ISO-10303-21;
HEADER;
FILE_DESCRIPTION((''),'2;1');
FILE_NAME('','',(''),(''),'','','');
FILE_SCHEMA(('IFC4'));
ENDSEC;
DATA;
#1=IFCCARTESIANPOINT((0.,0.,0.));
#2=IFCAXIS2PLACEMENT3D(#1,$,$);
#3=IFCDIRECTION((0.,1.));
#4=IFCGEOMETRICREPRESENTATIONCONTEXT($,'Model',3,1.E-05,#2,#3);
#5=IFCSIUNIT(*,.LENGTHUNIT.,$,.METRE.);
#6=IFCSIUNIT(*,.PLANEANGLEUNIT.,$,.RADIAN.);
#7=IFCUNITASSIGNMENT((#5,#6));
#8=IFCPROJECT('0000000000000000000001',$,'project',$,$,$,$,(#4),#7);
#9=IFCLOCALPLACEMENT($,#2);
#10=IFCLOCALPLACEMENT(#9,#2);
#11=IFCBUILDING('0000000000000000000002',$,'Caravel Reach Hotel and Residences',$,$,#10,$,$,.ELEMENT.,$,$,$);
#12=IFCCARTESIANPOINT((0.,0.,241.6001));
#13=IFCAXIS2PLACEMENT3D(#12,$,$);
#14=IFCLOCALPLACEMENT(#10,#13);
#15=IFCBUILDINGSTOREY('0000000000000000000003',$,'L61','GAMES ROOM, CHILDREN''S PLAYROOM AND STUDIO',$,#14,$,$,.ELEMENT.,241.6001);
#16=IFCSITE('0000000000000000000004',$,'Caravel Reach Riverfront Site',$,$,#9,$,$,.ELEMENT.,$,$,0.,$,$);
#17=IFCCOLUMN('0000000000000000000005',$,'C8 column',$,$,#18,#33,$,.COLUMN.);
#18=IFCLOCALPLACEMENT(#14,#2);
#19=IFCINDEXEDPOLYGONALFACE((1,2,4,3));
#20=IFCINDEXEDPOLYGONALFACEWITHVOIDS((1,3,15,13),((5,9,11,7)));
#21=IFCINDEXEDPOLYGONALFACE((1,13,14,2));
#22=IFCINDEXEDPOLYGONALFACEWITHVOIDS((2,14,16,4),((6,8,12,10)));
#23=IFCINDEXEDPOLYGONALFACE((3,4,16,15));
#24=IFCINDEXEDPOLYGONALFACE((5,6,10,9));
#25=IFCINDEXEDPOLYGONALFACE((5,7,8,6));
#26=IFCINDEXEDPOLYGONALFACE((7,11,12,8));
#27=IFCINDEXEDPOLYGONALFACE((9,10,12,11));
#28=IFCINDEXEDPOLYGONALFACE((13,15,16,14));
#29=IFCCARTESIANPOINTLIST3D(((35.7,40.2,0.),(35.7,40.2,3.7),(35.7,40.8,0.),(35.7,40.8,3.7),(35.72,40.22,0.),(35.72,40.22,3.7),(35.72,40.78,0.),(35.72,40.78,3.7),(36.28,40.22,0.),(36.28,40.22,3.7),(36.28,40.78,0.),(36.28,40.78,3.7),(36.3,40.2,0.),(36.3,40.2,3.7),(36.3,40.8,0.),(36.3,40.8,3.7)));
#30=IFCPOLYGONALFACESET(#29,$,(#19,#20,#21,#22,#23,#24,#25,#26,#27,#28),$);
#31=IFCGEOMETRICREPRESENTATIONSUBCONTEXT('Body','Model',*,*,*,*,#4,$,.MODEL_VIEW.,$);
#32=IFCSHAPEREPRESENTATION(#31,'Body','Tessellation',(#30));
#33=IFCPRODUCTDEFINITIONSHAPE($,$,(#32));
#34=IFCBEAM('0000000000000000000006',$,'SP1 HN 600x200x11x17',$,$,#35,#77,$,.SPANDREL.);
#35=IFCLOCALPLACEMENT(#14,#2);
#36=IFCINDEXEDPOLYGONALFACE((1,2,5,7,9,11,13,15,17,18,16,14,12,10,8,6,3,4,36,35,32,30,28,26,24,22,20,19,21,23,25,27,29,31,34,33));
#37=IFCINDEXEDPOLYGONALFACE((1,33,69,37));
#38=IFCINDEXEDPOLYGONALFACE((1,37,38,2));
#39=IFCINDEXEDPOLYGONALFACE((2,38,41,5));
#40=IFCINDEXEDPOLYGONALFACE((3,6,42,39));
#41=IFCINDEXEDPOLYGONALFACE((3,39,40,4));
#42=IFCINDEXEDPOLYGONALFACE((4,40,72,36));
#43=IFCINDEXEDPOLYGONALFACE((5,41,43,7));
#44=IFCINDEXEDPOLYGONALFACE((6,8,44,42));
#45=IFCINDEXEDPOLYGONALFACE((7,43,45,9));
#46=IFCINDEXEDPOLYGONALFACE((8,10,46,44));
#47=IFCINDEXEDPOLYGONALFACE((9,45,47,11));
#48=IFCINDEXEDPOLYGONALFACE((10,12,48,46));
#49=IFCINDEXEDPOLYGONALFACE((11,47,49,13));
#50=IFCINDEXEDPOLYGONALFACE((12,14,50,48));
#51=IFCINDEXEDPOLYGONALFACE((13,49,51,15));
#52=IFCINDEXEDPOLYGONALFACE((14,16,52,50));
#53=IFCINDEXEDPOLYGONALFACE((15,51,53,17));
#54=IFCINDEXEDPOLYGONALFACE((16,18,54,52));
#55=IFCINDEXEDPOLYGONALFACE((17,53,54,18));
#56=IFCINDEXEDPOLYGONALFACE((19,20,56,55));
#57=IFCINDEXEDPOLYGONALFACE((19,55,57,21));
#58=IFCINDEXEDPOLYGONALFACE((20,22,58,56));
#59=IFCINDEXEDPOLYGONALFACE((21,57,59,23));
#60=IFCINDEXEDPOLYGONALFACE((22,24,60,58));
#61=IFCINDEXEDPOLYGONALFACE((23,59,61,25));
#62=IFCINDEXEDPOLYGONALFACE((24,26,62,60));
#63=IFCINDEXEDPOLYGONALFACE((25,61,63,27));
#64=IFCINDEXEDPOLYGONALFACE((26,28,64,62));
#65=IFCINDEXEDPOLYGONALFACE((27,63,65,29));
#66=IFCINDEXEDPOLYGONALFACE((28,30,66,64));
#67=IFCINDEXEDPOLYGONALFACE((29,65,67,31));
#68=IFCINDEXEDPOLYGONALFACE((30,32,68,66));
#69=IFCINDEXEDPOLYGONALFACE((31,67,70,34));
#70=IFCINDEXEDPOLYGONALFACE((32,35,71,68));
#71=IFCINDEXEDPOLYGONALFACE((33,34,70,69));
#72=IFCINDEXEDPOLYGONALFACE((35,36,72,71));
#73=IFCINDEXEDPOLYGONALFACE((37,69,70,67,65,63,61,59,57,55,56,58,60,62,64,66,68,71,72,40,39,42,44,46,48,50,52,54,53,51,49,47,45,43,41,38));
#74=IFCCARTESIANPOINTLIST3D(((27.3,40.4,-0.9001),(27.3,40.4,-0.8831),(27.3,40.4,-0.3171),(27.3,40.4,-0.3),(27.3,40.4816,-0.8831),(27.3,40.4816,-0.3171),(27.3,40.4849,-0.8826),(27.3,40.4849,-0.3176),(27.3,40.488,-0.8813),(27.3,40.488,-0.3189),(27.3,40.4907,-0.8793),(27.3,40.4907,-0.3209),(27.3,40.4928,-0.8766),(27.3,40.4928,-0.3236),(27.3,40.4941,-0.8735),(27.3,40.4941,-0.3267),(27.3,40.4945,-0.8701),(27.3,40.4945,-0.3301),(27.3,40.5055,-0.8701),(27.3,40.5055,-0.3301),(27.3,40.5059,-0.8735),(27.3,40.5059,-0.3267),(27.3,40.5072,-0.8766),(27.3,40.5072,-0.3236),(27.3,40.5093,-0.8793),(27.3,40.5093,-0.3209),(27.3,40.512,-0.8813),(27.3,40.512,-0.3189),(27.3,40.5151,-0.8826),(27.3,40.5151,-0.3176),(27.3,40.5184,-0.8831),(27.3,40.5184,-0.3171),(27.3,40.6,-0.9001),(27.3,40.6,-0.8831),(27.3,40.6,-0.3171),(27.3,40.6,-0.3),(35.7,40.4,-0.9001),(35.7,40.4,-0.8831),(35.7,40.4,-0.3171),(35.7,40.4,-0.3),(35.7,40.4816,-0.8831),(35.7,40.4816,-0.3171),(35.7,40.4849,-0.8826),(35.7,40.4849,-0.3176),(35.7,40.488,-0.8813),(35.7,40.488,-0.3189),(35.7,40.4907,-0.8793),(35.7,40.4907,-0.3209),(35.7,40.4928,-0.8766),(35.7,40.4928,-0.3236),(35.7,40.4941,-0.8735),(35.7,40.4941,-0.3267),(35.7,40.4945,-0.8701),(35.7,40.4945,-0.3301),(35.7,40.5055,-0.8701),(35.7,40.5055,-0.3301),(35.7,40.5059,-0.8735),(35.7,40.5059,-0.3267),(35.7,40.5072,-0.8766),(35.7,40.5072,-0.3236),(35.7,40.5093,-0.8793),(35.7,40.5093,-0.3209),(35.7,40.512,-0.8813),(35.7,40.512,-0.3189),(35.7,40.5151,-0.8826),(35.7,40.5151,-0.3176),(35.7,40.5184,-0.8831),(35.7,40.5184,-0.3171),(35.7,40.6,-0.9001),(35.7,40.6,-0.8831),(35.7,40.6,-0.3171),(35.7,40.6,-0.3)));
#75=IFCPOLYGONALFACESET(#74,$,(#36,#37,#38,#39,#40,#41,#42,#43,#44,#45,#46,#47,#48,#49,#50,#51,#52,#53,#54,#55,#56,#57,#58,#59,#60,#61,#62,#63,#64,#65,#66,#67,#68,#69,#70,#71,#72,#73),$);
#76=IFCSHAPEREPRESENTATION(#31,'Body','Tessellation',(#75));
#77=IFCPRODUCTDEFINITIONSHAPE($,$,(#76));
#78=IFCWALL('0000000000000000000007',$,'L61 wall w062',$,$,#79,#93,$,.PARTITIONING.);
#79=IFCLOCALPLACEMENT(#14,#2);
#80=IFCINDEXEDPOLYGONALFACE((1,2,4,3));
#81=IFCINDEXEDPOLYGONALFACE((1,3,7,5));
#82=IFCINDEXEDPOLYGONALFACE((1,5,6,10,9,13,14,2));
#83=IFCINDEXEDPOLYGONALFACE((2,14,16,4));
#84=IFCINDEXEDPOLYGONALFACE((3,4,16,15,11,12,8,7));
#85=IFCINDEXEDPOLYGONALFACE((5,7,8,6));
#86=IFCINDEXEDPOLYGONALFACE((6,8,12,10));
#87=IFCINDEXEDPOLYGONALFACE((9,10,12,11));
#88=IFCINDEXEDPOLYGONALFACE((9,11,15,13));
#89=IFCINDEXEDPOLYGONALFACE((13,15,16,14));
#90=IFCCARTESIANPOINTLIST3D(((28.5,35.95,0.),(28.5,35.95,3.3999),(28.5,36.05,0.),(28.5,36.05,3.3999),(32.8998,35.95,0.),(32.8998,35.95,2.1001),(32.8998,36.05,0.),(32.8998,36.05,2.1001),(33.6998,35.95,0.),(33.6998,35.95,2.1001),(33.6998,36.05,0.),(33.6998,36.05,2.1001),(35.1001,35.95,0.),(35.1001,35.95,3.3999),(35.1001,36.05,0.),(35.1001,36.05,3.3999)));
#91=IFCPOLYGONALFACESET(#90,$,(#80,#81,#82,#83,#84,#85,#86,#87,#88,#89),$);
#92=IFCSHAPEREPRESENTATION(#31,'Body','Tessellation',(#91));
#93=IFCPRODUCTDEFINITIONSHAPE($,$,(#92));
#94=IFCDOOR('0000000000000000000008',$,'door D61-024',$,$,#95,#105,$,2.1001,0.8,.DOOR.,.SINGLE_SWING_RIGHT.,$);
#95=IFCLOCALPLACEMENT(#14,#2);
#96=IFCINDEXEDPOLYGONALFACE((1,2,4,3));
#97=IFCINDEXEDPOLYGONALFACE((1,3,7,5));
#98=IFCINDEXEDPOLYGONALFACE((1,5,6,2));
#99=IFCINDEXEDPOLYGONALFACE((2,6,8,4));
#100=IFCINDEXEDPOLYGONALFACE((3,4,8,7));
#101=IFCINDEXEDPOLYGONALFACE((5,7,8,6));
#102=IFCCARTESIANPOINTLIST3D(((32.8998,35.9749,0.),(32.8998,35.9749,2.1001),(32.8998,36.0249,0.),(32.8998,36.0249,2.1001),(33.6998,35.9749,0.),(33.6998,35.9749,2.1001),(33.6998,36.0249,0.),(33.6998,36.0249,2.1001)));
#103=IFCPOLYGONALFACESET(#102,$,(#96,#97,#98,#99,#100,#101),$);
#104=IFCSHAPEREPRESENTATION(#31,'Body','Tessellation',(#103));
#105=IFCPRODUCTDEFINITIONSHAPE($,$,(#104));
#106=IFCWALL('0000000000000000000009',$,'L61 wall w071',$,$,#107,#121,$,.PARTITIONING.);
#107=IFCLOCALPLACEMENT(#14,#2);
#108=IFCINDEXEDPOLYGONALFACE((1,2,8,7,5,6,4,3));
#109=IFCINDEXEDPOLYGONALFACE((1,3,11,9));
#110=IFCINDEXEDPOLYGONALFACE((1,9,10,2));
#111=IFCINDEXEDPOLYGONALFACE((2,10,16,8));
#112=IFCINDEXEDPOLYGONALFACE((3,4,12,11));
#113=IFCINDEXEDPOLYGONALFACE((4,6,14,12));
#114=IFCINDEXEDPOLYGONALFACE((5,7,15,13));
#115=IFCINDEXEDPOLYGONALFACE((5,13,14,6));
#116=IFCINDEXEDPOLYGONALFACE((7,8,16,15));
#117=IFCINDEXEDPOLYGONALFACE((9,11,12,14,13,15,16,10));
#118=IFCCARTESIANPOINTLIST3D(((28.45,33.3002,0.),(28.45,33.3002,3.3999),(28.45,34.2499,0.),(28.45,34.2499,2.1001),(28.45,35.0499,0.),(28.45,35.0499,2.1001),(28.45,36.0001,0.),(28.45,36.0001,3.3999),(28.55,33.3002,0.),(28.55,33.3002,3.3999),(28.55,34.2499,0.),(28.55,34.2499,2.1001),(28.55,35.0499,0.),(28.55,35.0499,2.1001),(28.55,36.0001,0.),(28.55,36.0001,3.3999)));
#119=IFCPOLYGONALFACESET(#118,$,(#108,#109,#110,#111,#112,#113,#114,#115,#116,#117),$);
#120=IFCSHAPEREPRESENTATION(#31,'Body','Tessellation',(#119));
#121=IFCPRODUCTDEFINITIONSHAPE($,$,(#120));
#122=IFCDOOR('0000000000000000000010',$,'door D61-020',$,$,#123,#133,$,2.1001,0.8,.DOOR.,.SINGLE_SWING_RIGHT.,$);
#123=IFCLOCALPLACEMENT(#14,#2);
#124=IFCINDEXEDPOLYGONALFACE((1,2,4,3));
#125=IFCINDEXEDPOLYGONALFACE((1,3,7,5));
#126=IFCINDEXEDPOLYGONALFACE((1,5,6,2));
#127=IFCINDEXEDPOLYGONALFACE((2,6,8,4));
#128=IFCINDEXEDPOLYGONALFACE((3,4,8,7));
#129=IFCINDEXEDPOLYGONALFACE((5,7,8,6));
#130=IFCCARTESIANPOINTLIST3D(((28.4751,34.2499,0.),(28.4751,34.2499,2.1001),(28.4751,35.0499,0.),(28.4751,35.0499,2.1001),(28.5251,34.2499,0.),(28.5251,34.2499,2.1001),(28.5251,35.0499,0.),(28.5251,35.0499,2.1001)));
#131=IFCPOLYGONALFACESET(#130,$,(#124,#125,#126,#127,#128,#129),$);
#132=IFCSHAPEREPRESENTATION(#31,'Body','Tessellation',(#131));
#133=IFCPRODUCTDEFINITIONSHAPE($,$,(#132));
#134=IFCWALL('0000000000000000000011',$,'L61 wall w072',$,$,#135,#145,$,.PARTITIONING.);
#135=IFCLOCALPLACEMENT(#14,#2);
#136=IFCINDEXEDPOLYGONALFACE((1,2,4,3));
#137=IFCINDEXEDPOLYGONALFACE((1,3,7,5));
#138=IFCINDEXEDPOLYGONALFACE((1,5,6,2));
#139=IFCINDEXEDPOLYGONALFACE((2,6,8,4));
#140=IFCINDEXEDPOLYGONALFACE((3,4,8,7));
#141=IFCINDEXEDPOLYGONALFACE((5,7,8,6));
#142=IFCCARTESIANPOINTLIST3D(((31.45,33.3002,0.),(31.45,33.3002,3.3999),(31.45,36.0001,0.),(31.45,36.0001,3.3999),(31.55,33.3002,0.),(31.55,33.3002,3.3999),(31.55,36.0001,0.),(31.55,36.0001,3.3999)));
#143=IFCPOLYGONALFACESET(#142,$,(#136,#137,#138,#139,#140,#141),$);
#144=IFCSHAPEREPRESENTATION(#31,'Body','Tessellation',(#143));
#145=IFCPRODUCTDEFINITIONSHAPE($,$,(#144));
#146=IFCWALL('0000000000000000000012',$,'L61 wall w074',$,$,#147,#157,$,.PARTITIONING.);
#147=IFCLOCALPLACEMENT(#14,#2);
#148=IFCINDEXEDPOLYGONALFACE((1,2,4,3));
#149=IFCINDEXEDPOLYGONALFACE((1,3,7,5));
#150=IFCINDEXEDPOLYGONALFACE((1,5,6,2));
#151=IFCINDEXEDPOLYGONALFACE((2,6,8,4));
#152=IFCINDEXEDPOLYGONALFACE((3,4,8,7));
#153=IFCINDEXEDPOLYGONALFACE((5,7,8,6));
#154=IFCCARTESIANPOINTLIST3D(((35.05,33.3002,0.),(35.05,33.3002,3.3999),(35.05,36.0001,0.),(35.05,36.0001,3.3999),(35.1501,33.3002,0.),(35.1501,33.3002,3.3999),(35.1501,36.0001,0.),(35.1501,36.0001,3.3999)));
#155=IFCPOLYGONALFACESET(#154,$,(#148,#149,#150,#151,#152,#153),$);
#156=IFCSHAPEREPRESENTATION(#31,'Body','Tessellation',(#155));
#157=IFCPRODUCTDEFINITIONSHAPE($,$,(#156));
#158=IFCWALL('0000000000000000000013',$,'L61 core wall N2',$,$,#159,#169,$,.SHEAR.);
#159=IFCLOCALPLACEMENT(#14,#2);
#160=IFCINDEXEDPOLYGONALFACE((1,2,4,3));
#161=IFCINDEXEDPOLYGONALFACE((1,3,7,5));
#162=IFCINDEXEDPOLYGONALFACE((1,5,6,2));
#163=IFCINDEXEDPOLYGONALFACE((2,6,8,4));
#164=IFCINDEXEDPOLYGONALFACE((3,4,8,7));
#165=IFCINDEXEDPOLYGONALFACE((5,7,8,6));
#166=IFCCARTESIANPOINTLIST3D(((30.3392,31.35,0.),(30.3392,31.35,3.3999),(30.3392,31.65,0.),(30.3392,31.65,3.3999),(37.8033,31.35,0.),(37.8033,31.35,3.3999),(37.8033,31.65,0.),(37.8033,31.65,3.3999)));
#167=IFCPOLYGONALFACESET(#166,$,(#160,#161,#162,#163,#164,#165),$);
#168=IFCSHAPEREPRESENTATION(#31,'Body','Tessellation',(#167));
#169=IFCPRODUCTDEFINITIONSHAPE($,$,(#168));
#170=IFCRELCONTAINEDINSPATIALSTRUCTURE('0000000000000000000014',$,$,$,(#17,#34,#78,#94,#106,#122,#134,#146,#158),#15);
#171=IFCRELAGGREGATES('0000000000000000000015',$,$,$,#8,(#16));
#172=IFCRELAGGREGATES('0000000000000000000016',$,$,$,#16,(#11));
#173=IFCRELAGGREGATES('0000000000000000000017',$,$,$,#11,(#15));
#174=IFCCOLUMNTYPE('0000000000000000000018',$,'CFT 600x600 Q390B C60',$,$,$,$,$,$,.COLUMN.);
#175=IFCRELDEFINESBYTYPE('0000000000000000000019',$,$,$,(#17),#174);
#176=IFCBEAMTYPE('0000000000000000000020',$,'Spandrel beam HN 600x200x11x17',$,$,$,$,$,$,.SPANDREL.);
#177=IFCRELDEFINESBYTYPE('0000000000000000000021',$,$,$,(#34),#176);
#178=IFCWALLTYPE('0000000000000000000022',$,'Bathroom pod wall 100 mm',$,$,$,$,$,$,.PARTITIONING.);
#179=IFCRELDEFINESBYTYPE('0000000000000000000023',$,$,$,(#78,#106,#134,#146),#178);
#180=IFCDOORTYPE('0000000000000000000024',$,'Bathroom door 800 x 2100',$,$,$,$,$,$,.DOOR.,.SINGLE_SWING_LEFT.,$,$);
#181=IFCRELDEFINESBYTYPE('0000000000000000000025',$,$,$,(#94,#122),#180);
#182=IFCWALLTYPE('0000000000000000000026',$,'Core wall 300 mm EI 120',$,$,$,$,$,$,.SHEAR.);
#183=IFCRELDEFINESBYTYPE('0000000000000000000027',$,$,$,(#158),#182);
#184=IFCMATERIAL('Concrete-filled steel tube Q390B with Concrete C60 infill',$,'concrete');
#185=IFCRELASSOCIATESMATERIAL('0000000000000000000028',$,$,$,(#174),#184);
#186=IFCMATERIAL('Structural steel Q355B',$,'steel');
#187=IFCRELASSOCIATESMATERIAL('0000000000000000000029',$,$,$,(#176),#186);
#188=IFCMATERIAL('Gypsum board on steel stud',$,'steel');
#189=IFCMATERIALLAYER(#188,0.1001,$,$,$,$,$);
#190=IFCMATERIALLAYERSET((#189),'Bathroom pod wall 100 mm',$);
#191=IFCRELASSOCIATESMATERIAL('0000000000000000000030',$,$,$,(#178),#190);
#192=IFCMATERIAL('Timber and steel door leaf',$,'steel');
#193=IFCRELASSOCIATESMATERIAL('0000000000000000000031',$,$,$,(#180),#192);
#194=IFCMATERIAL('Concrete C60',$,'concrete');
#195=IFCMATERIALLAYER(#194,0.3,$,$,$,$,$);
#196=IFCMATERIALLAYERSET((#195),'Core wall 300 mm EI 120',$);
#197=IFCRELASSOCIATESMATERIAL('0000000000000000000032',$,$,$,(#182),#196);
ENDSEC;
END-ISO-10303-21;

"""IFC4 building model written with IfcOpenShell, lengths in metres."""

from ifc_helpers import new_model, si_unit, direction, frame, frame_2d, origin, origin_2d, place, context, subcontext, project, spatial, rectangle, hollow_rectangle, i_section, extrude, material, layer, layer_set, material_profile, profile_set, type_object, element, fill, save


model = new_model("IFC4")

# Units and contexts
model_context = context("Model", 3, precision=1e-05, world=origin(), true_north=direction((0.0, 1.0)))
body_context = subcontext(model_context, "Body", "Model", "MODEL_VIEW")
ifc_project = project(units=[si_unit("LENGTHUNIT", "METRE"), si_unit("PLANEANGLEUNIT", "RADIAN")], contexts=[model_context])

# Site, building, storey
site_placement = place(None, origin())
site = spatial("IfcSite", under=ifc_project, at=site_placement, Name="Caravel Reach Riverfront Site", CompositionType="ELEMENT", RefElevation=0.0)
building_placement = place(site_placement, origin())
building = spatial("IfcBuilding", under=site, at=building_placement, Name="Caravel Reach Hotel and Residences", CompositionType="ELEMENT")
storey_placement = place(building_placement, frame((0.0, 0.0, 241.6001)))
storey = spatial("IfcBuildingStorey", under=building, at=storey_placement, Name="L61", Description="GAMES ROOM, CHILDREN'S PLAYROOM AND STUDIO", CompositionType="ELEMENT", Elevation=241.6001)

# Column
ifc_material_1 = material(Name="Concrete-filled steel tube Q390B with Concrete C60 infill", Category="concrete")
ifc_material_profile_1 = material_profile(ifc_material_1, hollow_rectangle(XDim=0.6001, YDim=0.6001, WallThickness=0.02, at=origin_2d()), Name="RHS 600x600x20")
ifc_profile_set_1 = profile_set([ifc_material_profile_1], Name="Concrete-filled steel tube Q390B with Concrete C60 infill")
column_type = type_object("IfcColumnType", Name="CFT 600x600 Q390B C60", PredefinedType="COLUMN", material=ifc_profile_set_1)
column_placement = place(storey_placement, frame((36.0, 40.5, 0.0), z_axis=(0.0, 0.0, 1.0), x_axis=(1.0, 0.0, 0.0)))
element("IfcColumn", 1, at=column_placement, inside=storey, type_object=column_type, Name="C8 column", PredefinedType="COLUMN", context=body_context, shape_type="SweptSolid", body=[
    extrude(hollow_rectangle(XDim=0.6001, YDim=0.6001, WallThickness=0.02, at=origin_2d()), origin(), (0.0, 0.0, 1.0), 3.7),
])

# Beam
ifc_material_2 = material(Name="Structural steel Q355B", Category="steel")
ifc_material_profile_2 = material_profile(ifc_material_2, i_section(OverallWidth=0.2, OverallDepth=0.6001, WebThickness=0.011, FlangeThickness=0.0171, FilletRadius=0.0129, at=origin_2d()), Name="HN 600x200x11x17")
ifc_profile_set_2 = profile_set([ifc_material_profile_2], Name="Structural steel Q355B")
beam_type = type_object("IfcBeamType", Name="Spandrel beam HN 600x200x11x17", PredefinedType="SPANDREL", material=ifc_profile_set_2)
beam_placement = place(storey_placement, frame((35.7, 40.5, -0.6001), z_axis=(-1.0, 0.0, 0.0), x_axis=(0.0, -1.0, 0.0)))
element("IfcBeam", 2, at=beam_placement, inside=storey, type_object=beam_type, Name="SP1 HN 600x200x11x17", PredefinedType="SPANDREL", context=body_context, shape_type="SweptSolid", body=[
    extrude(i_section(OverallWidth=0.2, OverallDepth=0.6001, WebThickness=0.011, FlangeThickness=0.0171, FilletRadius=0.0129, at=origin_2d()), origin(), (0.0, 0.0, 1.0), 8.3999),
])

# Walls, openings, doors
ifc_material_3 = material(Name="Gypsum board on steel stud", Category="steel")
ifc_layer_1 = layer(ifc_material_3, 0.1001)
ifc_layer_set_1 = layer_set([ifc_layer_1], Name="Bathroom pod wall 100 mm")
wall_type_1 = type_object("IfcWallType", Name="Bathroom pod wall 100 mm", PredefinedType="PARTITIONING", material=ifc_layer_set_1)
wall_1_placement = place(storey_placement, frame((28.5, 36.0, 0.0), z_axis=(0.0, 0.0, 1.0), x_axis=(1.0, 0.0, 0.0)))
wall_1 = element("IfcWall", 3, at=wall_1_placement, inside=storey, type_object=wall_type_1, Name="L61 wall w062", PredefinedType="PARTITIONING", context=body_context, shape_type="SweptSolid", body=[
    extrude(rectangle(XDim=6.6001, YDim=0.1001, at=frame_2d((3.3, 0.0))), origin(), (0.0, 0.0, 1.0), 3.3999),
])
opening_1_placement = place(wall_1_placement, frame((4.3999, 0.0, 0.0)))
opening_1 = element("IfcOpeningElement", 4, at=opening_1_placement, cuts=wall_1, PredefinedType="OPENING", context=body_context, shape_type="SweptSolid", body=[
    extrude(rectangle(XDim=0.8, YDim=2.1001, at=frame_2d((0.3999, 1.05))), frame((0.0, 0.0601, 0.0), z_axis=(0.0, -1.0, 0.0), x_axis=(1.0, 0.0, 0.0)), (0.0, 0.0, 1.0), 0.1201),
])
ifc_material_4 = material(Name="Timber and steel door leaf", Category="steel")
door_type_1 = type_object("IfcDoorType", Name="Bathroom door 800 x 2100", OperationType="SINGLE_SWING_LEFT", PredefinedType="DOOR", material=ifc_material_4)
door_1_placement = place(opening_1_placement, origin())
door_1 = element("IfcDoor", 5, at=door_1_placement, inside=storey, type_object=door_type_1, Name="door D61-024", OperationType="SINGLE_SWING_RIGHT", OverallHeight=2.1001, OverallWidth=0.8, PredefinedType="DOOR", context=body_context, shape_type="SweptSolid", body=[
    extrude(rectangle(XDim=0.8, YDim=2.1001, at=frame_2d((0.3999, 1.05))), frame((0.0, 0.0249, 0.0), z_axis=(0.0, -1.0, 0.0), x_axis=(1.0, 0.0, 0.0)), (0.0, 0.0, 1.0), 0.05),
])
fill(opening_1, door_1)
wall_2_placement = place(storey_placement, frame((28.5, 33.3, 0.0), z_axis=(0.0, 0.0, 1.0), x_axis=(0.0, 1.0, 0.0)))
wall_2 = element("IfcWall", 6, at=wall_2_placement, inside=storey, type_object=wall_type_1, Name="L61 wall w071", PredefinedType="PARTITIONING", context=body_context, shape_type="SweptSolid", body=[
    extrude(rectangle(XDim=2.7, YDim=0.1001, at=frame_2d((1.3501, 0.0))), origin(), (0.0, 0.0, 1.0), 3.3999),
])
opening_2_placement = place(wall_2_placement, frame((0.95, 0.0, 0.0)))
opening_2 = element("IfcOpeningElement", 7, at=opening_2_placement, cuts=wall_2, PredefinedType="OPENING", context=body_context, shape_type="SweptSolid", body=[
    extrude(rectangle(XDim=0.8, YDim=2.1001, at=frame_2d((0.3999, 1.05))), frame((0.0, 0.0601, 0.0), z_axis=(0.0, -1.0, 0.0), x_axis=(1.0, 0.0, 0.0)), (0.0, 0.0, 1.0), 0.1201),
])
door_2_placement = place(opening_2_placement, origin())
door_2 = element("IfcDoor", 8, at=door_2_placement, inside=storey, type_object=door_type_1, Name="door D61-020", OperationType="SINGLE_SWING_RIGHT", OverallHeight=2.1001, OverallWidth=0.8, PredefinedType="DOOR", context=body_context, shape_type="SweptSolid", body=[
    extrude(rectangle(XDim=0.8, YDim=2.1001, at=frame_2d((0.3999, 1.05))), frame((0.0, 0.0249, 0.0), z_axis=(0.0, -1.0, 0.0), x_axis=(1.0, 0.0, 0.0)), (0.0, 0.0, 1.0), 0.05),
])
fill(opening_2, door_2)

# Walls
for number, where, z_axis, x_axis, name in (
    (9, (31.5, 33.3, 0.0), (0.0, 0.0, 1.0), (0.0, 1.0, 0.0), "L61 wall w072"),
    (10, (35.1001, 33.3, 0.0), (0.0, 0.0, 1.0), (0.0, 1.0, 0.0), "L61 wall w074"),
):
    element("IfcWall", number, at=place(storey_placement, frame(where, z_axis=z_axis, x_axis=x_axis)), inside=storey, type_object=wall_type_1, Name=name, PredefinedType="PARTITIONING", context=body_context, shape_type="SweptSolid", body=[
        extrude(rectangle(XDim=2.7, YDim=0.1001, at=frame_2d((1.3501, 0.0))), origin(), (0.0, 0.0, 1.0), 3.3999),
    ])
ifc_material_5 = material(Name="Concrete C60", Category="concrete")
ifc_layer_2 = layer(ifc_material_5, 0.3)
ifc_layer_set_2 = layer_set([ifc_layer_2], Name="Core wall 300 mm EI 120")
wall_type_2 = type_object("IfcWallType", Name="Core wall 300 mm EI 120", PredefinedType="SHEAR", material=ifc_layer_set_2)
wall_3_placement = place(storey_placement, frame((30.3394, 31.5, 0.0), z_axis=(0.0, 0.0, 1.0), x_axis=(1.0, 0.0, 0.0)))
element("IfcWall", 11, at=wall_3_placement, inside=storey, type_object=wall_type_2, Name="L61 core wall N2", PredefinedType="SHEAR", context=body_context, shape_type="SweptSolid", body=[
    extrude(rectangle(XDim=7.4641, YDim=0.3, at=frame_2d((3.7319, 0.0))), origin(), (0.0, 0.0, 1.0), 3.3999),
])

save(model, "model.ifc")
